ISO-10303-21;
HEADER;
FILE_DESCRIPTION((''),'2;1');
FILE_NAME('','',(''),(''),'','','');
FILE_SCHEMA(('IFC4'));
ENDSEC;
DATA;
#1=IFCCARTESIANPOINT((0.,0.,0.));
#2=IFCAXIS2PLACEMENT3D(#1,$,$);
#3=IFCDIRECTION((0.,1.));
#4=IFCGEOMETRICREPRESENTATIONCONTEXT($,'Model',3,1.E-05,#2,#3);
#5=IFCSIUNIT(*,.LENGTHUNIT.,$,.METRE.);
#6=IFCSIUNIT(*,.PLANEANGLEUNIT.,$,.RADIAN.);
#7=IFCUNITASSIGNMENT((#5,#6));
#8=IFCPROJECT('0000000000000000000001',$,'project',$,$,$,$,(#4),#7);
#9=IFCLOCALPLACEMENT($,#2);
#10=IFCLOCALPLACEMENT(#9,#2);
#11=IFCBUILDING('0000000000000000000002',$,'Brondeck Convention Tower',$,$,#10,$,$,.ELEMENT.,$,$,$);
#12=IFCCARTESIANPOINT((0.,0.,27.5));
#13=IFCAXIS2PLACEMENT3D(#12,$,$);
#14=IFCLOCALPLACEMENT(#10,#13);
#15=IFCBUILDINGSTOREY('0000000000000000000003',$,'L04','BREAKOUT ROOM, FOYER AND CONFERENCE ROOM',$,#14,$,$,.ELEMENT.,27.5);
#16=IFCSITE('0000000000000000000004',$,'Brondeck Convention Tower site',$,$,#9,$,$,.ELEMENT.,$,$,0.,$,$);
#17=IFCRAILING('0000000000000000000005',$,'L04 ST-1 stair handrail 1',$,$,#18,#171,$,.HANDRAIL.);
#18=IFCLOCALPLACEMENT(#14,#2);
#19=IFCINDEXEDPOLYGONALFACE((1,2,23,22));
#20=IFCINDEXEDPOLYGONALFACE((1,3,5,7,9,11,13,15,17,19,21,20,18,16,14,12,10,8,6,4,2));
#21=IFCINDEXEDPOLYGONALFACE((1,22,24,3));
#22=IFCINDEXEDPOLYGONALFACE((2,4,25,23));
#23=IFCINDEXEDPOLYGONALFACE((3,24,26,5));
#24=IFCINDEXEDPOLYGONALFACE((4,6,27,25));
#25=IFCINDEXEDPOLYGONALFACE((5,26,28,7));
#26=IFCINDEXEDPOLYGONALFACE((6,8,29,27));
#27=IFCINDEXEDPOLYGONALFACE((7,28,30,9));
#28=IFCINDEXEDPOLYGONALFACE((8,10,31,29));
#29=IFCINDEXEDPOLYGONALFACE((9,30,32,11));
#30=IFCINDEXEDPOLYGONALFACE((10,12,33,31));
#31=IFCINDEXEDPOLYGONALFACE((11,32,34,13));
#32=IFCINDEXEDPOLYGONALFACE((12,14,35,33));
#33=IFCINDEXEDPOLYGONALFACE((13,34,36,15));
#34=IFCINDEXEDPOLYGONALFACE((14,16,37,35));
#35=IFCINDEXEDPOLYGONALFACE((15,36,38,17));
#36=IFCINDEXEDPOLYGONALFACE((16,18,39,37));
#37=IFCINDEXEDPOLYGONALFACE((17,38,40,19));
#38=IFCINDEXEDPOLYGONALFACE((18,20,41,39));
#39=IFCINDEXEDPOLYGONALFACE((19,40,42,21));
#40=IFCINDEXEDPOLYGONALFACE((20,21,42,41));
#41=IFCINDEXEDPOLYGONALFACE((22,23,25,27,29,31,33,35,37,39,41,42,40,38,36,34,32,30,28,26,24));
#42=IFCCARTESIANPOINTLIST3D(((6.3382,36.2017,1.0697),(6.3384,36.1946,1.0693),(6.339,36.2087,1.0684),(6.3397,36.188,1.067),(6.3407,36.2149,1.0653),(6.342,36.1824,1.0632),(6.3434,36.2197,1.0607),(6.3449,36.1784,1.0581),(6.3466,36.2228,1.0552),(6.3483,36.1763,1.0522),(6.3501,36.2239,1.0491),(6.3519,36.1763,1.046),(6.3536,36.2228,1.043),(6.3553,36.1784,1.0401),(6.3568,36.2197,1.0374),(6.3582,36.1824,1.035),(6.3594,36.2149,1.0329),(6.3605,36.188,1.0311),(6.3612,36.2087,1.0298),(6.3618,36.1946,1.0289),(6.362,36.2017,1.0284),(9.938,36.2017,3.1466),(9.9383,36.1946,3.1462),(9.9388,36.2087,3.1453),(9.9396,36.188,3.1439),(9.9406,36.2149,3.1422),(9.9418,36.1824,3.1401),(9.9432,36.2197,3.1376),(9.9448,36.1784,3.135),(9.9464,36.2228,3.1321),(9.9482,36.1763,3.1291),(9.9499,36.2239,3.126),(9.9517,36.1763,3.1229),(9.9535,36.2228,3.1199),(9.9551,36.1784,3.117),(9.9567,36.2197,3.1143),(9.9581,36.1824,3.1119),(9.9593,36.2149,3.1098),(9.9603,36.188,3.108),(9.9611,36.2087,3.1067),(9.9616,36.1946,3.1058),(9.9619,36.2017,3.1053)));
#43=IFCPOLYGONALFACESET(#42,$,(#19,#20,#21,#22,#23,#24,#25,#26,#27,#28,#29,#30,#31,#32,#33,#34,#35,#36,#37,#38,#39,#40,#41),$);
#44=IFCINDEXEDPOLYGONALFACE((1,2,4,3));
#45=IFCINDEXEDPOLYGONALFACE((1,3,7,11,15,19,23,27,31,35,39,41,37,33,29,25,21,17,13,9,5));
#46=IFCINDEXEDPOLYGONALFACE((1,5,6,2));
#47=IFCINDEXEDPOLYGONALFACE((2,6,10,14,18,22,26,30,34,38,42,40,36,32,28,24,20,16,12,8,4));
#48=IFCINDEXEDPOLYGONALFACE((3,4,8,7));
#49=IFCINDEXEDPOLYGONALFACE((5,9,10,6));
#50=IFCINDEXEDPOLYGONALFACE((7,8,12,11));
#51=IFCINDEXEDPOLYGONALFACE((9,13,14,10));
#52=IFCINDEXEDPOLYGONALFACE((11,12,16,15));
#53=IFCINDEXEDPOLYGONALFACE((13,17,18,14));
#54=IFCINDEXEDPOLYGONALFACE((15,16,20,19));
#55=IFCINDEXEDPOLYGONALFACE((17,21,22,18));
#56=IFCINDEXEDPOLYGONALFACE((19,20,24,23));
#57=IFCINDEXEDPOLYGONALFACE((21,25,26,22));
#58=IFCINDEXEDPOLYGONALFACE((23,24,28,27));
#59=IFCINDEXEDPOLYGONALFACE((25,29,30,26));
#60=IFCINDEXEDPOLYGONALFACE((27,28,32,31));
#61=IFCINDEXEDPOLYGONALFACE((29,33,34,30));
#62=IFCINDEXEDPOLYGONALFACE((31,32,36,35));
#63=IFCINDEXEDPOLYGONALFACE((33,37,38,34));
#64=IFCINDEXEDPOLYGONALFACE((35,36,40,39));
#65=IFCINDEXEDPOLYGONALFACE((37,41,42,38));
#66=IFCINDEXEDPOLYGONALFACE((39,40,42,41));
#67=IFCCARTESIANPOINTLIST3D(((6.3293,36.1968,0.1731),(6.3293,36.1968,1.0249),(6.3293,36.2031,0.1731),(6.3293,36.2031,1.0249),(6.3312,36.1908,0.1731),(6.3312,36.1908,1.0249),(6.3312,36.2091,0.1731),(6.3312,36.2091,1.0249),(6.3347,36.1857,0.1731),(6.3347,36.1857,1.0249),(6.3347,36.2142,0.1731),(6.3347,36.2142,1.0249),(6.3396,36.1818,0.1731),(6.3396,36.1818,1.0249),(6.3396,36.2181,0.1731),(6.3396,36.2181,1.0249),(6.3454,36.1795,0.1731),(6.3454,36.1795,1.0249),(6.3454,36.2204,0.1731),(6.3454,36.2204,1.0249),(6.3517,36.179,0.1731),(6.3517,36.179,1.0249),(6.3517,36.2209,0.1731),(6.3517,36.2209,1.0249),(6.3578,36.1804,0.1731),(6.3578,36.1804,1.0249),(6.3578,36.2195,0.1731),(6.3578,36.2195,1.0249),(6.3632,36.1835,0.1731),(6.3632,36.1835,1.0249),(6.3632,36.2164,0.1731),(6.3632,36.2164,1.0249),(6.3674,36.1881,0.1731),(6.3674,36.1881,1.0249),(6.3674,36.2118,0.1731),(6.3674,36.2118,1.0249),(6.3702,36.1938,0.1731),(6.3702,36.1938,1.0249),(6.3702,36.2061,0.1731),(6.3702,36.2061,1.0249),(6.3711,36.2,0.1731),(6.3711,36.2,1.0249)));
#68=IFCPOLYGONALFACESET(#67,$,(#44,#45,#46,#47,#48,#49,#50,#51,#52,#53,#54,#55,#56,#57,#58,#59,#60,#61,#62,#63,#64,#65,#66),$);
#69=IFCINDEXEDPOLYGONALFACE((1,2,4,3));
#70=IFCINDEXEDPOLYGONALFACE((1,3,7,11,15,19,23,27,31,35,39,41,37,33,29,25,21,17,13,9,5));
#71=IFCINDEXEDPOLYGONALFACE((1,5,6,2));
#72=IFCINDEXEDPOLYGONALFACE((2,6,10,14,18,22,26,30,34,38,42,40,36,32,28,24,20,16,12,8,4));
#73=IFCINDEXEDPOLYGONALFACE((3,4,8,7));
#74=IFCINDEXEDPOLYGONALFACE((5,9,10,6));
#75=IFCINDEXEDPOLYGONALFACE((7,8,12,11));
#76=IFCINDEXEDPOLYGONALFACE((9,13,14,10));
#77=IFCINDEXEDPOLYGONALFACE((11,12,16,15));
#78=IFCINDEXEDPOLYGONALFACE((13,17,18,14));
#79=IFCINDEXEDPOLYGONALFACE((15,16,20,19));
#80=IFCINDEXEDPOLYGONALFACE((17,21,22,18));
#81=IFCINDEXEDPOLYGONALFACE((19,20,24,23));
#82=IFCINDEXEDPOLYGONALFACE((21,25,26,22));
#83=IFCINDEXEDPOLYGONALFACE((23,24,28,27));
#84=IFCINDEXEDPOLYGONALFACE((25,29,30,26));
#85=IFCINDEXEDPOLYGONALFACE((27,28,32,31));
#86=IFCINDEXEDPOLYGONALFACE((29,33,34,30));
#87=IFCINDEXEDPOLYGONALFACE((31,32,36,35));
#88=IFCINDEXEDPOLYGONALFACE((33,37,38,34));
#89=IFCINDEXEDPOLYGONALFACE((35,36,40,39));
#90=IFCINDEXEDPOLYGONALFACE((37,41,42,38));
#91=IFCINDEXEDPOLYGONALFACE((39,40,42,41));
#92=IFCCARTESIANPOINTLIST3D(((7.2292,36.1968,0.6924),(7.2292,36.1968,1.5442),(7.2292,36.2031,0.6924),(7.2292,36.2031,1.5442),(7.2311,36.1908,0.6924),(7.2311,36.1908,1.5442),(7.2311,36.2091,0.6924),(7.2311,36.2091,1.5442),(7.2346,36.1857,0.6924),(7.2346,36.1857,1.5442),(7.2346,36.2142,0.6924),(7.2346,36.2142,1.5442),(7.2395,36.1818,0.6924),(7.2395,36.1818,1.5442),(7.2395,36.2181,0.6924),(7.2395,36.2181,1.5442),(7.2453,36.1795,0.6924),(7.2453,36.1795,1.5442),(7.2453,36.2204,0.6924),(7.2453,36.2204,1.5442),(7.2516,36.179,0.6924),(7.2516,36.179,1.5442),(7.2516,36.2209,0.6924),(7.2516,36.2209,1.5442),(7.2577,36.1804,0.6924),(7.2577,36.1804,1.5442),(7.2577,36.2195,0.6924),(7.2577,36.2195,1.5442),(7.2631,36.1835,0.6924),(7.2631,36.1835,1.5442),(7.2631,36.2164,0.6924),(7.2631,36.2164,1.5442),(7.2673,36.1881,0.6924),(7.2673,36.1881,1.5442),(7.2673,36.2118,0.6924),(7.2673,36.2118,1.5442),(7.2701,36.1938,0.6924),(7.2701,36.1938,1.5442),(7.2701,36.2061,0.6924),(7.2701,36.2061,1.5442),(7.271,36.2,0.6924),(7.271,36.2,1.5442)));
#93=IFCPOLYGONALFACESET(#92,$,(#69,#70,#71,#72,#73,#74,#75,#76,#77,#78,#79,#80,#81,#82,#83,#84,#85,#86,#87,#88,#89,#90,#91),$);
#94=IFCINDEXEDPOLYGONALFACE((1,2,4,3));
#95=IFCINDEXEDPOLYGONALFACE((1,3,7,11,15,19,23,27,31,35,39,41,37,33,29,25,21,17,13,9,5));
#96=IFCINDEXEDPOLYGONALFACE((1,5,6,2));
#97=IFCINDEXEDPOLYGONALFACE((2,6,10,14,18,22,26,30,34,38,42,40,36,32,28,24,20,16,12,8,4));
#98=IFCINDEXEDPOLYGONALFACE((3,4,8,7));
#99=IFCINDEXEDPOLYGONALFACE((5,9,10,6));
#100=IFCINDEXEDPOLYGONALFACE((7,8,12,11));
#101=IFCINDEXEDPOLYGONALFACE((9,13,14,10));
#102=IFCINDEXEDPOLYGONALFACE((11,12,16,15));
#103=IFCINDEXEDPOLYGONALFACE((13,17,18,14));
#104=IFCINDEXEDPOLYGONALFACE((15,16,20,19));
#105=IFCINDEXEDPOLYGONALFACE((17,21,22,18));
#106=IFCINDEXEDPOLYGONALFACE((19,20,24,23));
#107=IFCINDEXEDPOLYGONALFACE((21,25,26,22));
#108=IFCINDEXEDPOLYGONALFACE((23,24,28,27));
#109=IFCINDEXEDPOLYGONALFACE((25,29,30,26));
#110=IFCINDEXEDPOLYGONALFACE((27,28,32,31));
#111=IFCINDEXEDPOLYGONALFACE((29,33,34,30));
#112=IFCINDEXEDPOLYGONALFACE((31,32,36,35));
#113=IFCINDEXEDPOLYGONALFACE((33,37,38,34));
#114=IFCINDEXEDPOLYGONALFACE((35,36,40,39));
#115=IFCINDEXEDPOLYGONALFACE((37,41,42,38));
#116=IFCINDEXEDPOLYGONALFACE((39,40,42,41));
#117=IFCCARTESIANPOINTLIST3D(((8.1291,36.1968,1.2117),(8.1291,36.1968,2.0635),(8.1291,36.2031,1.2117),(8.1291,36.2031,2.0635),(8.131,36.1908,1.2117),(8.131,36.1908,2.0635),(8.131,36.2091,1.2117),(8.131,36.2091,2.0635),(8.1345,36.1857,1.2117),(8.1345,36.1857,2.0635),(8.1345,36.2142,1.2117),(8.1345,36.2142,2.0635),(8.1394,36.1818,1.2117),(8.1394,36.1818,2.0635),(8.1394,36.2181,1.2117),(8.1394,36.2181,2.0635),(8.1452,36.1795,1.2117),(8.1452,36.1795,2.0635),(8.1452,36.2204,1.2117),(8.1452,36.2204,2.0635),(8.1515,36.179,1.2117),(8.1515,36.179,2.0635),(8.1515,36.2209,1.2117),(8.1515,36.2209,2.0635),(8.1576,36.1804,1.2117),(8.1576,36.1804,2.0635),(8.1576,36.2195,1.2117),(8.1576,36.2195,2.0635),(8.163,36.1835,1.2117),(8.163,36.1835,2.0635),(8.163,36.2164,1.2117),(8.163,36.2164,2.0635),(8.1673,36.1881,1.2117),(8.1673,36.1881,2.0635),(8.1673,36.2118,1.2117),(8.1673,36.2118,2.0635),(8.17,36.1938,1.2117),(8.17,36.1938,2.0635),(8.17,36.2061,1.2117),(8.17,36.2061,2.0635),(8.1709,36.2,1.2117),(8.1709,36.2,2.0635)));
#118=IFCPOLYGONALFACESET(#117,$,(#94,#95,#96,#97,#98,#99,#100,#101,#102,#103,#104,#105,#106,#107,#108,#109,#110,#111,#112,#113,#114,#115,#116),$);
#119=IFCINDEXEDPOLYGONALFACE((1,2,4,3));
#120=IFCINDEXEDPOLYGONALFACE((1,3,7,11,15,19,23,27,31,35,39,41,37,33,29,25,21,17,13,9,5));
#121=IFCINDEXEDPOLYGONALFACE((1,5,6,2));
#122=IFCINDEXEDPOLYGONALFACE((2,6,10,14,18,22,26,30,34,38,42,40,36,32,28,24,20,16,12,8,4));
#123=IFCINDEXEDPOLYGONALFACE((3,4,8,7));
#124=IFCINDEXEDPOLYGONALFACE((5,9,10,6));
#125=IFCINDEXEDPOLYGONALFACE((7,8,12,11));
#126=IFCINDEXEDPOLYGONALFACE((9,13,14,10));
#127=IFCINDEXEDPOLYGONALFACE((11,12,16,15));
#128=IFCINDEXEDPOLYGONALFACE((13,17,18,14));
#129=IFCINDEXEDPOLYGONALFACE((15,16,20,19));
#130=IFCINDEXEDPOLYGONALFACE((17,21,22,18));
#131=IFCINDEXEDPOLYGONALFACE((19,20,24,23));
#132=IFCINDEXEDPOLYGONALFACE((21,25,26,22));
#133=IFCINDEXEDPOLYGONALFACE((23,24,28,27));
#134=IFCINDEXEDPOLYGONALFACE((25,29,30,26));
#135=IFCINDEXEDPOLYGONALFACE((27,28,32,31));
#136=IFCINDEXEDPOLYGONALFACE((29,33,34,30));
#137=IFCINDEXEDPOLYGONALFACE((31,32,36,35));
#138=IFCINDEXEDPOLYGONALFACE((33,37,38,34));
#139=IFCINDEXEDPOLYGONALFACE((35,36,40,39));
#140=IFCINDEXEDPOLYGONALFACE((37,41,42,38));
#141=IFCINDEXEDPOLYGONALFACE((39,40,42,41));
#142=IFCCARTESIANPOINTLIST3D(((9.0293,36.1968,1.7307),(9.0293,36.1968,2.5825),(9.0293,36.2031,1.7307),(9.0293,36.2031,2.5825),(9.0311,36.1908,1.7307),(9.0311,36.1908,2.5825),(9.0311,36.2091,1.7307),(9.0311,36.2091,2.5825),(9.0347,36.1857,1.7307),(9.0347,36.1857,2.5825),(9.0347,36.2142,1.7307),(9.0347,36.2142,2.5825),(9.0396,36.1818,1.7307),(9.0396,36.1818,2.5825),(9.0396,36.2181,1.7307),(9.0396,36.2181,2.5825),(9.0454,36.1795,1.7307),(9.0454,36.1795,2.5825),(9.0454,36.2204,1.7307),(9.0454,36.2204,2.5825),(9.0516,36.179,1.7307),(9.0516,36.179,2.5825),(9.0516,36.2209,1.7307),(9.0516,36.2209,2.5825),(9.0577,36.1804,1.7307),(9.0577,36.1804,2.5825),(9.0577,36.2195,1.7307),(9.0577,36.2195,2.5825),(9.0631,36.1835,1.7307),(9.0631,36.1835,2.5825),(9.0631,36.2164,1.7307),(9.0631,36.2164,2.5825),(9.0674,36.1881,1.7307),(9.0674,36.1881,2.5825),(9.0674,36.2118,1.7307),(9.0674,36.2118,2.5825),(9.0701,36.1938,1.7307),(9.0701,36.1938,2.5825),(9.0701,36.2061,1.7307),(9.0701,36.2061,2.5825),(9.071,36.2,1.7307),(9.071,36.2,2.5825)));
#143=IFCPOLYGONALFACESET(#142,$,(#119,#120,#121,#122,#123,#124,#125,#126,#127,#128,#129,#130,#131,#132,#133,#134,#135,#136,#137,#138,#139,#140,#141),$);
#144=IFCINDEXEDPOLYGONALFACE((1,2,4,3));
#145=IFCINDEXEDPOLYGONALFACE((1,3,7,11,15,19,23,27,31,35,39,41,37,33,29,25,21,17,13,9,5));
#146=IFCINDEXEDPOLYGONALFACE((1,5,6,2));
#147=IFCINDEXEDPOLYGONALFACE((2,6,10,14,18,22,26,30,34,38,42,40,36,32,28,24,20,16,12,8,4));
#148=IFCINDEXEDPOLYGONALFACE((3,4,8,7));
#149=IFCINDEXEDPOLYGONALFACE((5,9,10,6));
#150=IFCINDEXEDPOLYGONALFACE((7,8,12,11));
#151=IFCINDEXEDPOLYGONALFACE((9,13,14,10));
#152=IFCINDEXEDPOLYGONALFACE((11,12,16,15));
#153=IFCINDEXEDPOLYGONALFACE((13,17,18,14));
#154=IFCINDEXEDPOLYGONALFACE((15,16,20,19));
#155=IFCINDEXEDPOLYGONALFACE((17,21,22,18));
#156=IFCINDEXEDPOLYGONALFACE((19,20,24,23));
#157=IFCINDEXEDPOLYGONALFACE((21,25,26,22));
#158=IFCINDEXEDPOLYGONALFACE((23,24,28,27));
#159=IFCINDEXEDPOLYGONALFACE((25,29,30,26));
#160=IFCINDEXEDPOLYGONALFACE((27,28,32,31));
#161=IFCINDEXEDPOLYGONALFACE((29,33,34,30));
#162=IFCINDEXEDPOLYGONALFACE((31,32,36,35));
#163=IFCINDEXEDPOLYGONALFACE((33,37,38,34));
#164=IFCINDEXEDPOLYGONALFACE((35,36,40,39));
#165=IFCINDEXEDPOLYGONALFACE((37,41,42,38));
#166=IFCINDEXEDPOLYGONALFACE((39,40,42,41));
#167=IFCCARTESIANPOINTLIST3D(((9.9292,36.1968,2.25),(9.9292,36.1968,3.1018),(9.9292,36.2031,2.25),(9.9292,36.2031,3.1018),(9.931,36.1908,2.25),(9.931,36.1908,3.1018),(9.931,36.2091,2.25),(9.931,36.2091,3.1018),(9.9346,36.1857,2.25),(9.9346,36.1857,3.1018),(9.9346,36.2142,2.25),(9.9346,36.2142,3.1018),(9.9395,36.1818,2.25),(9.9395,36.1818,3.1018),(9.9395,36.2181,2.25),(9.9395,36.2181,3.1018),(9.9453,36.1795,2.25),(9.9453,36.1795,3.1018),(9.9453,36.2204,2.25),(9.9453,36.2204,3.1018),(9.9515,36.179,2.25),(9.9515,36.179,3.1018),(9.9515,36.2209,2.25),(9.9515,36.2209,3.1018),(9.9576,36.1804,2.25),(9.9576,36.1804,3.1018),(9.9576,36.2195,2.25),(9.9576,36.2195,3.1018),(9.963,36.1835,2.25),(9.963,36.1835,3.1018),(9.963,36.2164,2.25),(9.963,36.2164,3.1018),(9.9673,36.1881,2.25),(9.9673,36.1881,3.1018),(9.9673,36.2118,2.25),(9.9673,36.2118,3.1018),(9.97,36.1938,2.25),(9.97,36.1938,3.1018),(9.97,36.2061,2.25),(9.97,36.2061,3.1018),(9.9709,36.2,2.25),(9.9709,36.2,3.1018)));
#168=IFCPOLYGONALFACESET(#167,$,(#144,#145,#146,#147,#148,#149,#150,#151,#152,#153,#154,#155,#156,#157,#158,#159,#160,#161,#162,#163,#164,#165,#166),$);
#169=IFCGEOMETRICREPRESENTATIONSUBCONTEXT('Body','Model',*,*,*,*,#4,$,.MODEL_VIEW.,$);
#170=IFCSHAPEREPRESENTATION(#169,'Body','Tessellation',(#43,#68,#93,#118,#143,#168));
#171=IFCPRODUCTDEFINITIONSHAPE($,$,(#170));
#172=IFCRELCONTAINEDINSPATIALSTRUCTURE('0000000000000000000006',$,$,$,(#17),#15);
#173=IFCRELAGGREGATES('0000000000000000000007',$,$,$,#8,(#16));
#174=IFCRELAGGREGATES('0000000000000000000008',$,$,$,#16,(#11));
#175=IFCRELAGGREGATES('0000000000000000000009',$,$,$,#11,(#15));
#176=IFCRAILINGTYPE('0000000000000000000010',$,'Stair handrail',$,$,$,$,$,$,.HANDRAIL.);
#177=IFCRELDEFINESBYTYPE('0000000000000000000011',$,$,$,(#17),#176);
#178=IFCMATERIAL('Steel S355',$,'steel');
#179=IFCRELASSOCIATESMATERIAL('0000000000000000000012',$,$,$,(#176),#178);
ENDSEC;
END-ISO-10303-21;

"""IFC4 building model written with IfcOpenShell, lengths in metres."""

from ifc_helpers import new_model, si_unit, direction, frame, origin, origin_2d, place, context, subcontext, project, spatial, circle, extrude, material, type_object, element, save


model = new_model("IFC4")

# Units and contexts
model_context = context("Model", 3, precision=1e-05, world=origin(), true_north=direction((0.0, 1.0)))
body_context = subcontext(model_context, "Body", "Model", "MODEL_VIEW")
ifc_project = project(units=[si_unit("LENGTHUNIT", "METRE"), si_unit("PLANEANGLEUNIT", "RADIAN")], contexts=[model_context])

# Site, building, storey
site_placement = place(None, origin())
site = spatial("IfcSite", under=ifc_project, at=site_placement, Name="Brondeck Convention Tower site", CompositionType="ELEMENT", RefElevation=0.0)
building_placement = place(site_placement, origin())
building = spatial("IfcBuilding", under=site, at=building_placement, Name="Brondeck Convention Tower", CompositionType="ELEMENT")
storey_placement = place(building_placement, frame((0.0, 0.0, 27.5)))
storey = spatial("IfcBuildingStorey", under=building, at=storey_placement, Name="L04", Description="BREAKOUT ROOM, FOYER AND CONFERENCE ROOM", CompositionType="ELEMENT", Elevation=27.5)

# Railing
ifc_material_1 = material(Name="Steel S355", Category="steel")
railing_type_1 = type_object("IfcRailingType", Name="Stair handrail", PredefinedType="HANDRAIL", material=ifc_material_1)
railing_1_placement = place(storey_placement, frame((6.3501, 36.2, 0.1731)))
element("IfcRailing", 1, at=railing_1_placement, inside=storey, type_object=railing_type_1, Name="L04 ST-1 stair handrail 1", PredefinedType="HANDRAIL", context=body_context, shape_type="SweptSolid", body=[
    extrude(circle(Radius=0.0239, at=origin_2d()), frame((0.0, 0.0, 0.876), z_axis=(0.866179, 0.0, 0.499734), x_axis=(0.0, 1.0, 0.0)), (0.0, 0.0, 1.0), 4.156),
    extrude(circle(Radius=0.021, at=origin_2d()), origin(), (0.0, 0.0, 1.0), 0.8518),
    extrude(circle(Radius=0.021, at=origin_2d()), frame((0.8999, 0.0, 0.5193)), (0.0, 0.0, 1.0), 0.8518),
    extrude(circle(Radius=0.021, at=origin_2d()), frame((1.7998, 0.0, 1.0386)), (0.0, 0.0, 1.0), 0.8518),
    extrude(circle(Radius=0.021, at=origin_2d()), frame((2.7, 0.0, 1.5576)), (0.0, 0.0, 1.0), 0.8518),
    extrude(circle(Radius=0.021, at=origin_2d()), frame((3.5999, 0.0, 2.0769)), (0.0, 0.0, 1.0), 0.8518),
])

save(model, "model.ifc")
